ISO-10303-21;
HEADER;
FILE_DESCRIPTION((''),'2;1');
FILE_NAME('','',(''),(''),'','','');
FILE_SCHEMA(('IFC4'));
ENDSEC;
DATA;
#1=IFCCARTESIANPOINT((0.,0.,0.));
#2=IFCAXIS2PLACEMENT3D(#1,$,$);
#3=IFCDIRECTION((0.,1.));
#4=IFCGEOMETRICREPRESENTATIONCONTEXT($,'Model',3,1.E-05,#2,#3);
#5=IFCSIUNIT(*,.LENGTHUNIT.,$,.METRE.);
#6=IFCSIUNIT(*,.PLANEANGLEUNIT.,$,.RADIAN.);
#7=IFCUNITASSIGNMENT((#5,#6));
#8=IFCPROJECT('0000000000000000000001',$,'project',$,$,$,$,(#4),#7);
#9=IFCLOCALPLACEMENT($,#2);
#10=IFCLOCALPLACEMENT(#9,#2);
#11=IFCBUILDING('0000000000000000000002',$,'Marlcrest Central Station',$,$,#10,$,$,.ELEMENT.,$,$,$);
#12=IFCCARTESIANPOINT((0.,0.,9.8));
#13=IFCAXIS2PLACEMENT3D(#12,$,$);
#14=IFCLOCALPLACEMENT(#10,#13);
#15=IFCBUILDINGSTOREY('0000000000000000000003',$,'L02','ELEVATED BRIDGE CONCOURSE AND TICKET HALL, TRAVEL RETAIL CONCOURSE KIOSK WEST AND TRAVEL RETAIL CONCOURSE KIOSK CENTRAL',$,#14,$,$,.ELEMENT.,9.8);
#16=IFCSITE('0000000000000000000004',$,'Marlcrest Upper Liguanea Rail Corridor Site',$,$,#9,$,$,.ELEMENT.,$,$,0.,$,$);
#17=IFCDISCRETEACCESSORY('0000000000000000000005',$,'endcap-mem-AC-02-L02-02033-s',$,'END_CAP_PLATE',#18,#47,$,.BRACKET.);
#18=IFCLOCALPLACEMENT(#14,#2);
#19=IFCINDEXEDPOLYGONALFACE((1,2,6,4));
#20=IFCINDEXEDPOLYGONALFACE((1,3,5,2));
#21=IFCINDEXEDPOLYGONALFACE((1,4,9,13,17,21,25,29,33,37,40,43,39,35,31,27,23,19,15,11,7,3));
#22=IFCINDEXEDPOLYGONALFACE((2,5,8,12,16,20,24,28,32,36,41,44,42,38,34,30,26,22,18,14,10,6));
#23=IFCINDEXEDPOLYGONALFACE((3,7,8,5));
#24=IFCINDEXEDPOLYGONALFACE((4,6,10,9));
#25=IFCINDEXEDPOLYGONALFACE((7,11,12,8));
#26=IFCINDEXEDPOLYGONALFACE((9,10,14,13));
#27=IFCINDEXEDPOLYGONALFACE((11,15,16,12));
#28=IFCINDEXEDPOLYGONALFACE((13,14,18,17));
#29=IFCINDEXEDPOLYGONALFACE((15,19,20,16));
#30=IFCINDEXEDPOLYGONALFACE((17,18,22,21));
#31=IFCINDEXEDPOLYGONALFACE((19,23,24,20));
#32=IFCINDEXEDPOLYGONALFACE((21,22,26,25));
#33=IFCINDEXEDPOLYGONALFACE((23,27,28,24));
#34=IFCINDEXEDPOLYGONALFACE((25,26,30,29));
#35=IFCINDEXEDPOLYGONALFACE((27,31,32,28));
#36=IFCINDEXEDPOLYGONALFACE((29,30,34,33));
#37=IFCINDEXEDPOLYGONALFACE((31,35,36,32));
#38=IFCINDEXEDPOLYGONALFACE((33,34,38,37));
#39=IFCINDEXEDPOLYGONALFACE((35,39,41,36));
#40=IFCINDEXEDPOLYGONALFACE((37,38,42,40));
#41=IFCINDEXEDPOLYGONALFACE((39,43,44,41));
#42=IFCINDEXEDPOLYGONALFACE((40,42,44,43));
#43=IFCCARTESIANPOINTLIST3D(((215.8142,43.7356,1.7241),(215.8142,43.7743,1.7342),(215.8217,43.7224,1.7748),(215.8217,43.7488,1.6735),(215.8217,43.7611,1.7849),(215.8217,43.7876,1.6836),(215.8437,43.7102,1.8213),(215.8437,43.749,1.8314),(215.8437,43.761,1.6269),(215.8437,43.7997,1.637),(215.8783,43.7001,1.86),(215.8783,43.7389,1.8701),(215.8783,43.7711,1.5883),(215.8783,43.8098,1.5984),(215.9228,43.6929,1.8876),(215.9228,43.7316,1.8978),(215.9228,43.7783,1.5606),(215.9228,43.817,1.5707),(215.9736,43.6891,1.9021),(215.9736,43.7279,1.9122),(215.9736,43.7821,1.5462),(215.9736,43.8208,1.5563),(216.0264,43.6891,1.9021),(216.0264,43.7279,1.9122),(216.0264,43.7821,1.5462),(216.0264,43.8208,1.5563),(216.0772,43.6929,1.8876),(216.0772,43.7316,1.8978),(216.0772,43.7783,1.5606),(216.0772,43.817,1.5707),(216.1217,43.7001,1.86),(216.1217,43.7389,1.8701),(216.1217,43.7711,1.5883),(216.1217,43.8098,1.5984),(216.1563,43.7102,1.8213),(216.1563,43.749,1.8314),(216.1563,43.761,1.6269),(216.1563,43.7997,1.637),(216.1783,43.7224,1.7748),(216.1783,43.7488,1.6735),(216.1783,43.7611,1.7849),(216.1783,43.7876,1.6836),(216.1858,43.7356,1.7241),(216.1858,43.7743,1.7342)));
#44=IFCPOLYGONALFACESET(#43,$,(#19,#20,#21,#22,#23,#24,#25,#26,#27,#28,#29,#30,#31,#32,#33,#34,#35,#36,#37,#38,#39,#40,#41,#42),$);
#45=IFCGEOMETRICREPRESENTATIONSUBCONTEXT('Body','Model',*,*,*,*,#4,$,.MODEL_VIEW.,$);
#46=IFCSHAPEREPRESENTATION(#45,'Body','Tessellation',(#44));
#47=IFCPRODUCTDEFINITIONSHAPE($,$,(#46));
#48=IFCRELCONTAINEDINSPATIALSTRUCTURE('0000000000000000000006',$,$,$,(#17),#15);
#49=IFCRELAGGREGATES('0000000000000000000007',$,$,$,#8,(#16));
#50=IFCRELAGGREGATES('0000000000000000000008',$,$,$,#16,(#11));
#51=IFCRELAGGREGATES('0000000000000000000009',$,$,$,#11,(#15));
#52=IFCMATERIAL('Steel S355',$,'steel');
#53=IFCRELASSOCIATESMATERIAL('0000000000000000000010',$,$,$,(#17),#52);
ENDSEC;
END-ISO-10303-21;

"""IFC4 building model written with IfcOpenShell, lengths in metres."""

from ifc_helpers import new_model, si_unit, direction, frame, origin, origin_2d, place, context, subcontext, project, spatial, circle, extrude, material, element, save


model = new_model("IFC4")

# Units and contexts
model_context = context("Model", 3, precision=1e-05, world=origin(), true_north=direction((0.0, 1.0)))
body_context = subcontext(model_context, "Body", "Model", "MODEL_VIEW")
ifc_project = project(units=[si_unit("LENGTHUNIT", "METRE"), si_unit("PLANEANGLEUNIT", "RADIAN")], contexts=[model_context])

# Site, building, storey
site_placement = place(None, origin())
site = spatial("IfcSite", under=ifc_project, at=site_placement, Name="Marlcrest Upper Liguanea Rail Corridor Site", CompositionType="ELEMENT", RefElevation=0.0)
building_placement = place(site_placement, origin())
building = spatial("IfcBuilding", under=site, at=building_placement, Name="Marlcrest Central Station", CompositionType="ELEMENT")
storey_placement = place(building_placement, frame((0.0, 0.0, 9.8)))
storey = spatial("IfcBuildingStorey", under=building, at=storey_placement, Name="L02", Description="ELEVATED BRIDGE CONCOURSE AND TICKET HALL, TRAVEL RETAIL CONCOURSE KIOSK WEST AND TRAVEL RETAIL CONCOURSE KIOSK CENTRAL", CompositionType="ELEMENT", Elevation=9.8)

# Shared definitions
ifc_material = material(Name="Steel S355", Category="steel")

# Discrete accessory
discrete_accessory_1_placement = place(storey_placement, frame((216.0, 43.7356, 1.7241), z_axis=(0.0, 0.967563, 0.252629), x_axis=(-1.0, 0.0, 0.0)))
element("IfcDiscreteAccessory", 1, at=discrete_accessory_1_placement, inside=storey, material=ifc_material, Name="endcap-mem-AC-02-L02-02033-s", ObjectType="END_CAP_PLATE", PredefinedType="BRACKET", context=body_context, shape_type="SweptSolid", body=[
    extrude(circle(Radius=0.1858, at=origin_2d()), origin(), (0.0, 0.0, 1.0), 0.04),
])

save(model, "model.ifc")
